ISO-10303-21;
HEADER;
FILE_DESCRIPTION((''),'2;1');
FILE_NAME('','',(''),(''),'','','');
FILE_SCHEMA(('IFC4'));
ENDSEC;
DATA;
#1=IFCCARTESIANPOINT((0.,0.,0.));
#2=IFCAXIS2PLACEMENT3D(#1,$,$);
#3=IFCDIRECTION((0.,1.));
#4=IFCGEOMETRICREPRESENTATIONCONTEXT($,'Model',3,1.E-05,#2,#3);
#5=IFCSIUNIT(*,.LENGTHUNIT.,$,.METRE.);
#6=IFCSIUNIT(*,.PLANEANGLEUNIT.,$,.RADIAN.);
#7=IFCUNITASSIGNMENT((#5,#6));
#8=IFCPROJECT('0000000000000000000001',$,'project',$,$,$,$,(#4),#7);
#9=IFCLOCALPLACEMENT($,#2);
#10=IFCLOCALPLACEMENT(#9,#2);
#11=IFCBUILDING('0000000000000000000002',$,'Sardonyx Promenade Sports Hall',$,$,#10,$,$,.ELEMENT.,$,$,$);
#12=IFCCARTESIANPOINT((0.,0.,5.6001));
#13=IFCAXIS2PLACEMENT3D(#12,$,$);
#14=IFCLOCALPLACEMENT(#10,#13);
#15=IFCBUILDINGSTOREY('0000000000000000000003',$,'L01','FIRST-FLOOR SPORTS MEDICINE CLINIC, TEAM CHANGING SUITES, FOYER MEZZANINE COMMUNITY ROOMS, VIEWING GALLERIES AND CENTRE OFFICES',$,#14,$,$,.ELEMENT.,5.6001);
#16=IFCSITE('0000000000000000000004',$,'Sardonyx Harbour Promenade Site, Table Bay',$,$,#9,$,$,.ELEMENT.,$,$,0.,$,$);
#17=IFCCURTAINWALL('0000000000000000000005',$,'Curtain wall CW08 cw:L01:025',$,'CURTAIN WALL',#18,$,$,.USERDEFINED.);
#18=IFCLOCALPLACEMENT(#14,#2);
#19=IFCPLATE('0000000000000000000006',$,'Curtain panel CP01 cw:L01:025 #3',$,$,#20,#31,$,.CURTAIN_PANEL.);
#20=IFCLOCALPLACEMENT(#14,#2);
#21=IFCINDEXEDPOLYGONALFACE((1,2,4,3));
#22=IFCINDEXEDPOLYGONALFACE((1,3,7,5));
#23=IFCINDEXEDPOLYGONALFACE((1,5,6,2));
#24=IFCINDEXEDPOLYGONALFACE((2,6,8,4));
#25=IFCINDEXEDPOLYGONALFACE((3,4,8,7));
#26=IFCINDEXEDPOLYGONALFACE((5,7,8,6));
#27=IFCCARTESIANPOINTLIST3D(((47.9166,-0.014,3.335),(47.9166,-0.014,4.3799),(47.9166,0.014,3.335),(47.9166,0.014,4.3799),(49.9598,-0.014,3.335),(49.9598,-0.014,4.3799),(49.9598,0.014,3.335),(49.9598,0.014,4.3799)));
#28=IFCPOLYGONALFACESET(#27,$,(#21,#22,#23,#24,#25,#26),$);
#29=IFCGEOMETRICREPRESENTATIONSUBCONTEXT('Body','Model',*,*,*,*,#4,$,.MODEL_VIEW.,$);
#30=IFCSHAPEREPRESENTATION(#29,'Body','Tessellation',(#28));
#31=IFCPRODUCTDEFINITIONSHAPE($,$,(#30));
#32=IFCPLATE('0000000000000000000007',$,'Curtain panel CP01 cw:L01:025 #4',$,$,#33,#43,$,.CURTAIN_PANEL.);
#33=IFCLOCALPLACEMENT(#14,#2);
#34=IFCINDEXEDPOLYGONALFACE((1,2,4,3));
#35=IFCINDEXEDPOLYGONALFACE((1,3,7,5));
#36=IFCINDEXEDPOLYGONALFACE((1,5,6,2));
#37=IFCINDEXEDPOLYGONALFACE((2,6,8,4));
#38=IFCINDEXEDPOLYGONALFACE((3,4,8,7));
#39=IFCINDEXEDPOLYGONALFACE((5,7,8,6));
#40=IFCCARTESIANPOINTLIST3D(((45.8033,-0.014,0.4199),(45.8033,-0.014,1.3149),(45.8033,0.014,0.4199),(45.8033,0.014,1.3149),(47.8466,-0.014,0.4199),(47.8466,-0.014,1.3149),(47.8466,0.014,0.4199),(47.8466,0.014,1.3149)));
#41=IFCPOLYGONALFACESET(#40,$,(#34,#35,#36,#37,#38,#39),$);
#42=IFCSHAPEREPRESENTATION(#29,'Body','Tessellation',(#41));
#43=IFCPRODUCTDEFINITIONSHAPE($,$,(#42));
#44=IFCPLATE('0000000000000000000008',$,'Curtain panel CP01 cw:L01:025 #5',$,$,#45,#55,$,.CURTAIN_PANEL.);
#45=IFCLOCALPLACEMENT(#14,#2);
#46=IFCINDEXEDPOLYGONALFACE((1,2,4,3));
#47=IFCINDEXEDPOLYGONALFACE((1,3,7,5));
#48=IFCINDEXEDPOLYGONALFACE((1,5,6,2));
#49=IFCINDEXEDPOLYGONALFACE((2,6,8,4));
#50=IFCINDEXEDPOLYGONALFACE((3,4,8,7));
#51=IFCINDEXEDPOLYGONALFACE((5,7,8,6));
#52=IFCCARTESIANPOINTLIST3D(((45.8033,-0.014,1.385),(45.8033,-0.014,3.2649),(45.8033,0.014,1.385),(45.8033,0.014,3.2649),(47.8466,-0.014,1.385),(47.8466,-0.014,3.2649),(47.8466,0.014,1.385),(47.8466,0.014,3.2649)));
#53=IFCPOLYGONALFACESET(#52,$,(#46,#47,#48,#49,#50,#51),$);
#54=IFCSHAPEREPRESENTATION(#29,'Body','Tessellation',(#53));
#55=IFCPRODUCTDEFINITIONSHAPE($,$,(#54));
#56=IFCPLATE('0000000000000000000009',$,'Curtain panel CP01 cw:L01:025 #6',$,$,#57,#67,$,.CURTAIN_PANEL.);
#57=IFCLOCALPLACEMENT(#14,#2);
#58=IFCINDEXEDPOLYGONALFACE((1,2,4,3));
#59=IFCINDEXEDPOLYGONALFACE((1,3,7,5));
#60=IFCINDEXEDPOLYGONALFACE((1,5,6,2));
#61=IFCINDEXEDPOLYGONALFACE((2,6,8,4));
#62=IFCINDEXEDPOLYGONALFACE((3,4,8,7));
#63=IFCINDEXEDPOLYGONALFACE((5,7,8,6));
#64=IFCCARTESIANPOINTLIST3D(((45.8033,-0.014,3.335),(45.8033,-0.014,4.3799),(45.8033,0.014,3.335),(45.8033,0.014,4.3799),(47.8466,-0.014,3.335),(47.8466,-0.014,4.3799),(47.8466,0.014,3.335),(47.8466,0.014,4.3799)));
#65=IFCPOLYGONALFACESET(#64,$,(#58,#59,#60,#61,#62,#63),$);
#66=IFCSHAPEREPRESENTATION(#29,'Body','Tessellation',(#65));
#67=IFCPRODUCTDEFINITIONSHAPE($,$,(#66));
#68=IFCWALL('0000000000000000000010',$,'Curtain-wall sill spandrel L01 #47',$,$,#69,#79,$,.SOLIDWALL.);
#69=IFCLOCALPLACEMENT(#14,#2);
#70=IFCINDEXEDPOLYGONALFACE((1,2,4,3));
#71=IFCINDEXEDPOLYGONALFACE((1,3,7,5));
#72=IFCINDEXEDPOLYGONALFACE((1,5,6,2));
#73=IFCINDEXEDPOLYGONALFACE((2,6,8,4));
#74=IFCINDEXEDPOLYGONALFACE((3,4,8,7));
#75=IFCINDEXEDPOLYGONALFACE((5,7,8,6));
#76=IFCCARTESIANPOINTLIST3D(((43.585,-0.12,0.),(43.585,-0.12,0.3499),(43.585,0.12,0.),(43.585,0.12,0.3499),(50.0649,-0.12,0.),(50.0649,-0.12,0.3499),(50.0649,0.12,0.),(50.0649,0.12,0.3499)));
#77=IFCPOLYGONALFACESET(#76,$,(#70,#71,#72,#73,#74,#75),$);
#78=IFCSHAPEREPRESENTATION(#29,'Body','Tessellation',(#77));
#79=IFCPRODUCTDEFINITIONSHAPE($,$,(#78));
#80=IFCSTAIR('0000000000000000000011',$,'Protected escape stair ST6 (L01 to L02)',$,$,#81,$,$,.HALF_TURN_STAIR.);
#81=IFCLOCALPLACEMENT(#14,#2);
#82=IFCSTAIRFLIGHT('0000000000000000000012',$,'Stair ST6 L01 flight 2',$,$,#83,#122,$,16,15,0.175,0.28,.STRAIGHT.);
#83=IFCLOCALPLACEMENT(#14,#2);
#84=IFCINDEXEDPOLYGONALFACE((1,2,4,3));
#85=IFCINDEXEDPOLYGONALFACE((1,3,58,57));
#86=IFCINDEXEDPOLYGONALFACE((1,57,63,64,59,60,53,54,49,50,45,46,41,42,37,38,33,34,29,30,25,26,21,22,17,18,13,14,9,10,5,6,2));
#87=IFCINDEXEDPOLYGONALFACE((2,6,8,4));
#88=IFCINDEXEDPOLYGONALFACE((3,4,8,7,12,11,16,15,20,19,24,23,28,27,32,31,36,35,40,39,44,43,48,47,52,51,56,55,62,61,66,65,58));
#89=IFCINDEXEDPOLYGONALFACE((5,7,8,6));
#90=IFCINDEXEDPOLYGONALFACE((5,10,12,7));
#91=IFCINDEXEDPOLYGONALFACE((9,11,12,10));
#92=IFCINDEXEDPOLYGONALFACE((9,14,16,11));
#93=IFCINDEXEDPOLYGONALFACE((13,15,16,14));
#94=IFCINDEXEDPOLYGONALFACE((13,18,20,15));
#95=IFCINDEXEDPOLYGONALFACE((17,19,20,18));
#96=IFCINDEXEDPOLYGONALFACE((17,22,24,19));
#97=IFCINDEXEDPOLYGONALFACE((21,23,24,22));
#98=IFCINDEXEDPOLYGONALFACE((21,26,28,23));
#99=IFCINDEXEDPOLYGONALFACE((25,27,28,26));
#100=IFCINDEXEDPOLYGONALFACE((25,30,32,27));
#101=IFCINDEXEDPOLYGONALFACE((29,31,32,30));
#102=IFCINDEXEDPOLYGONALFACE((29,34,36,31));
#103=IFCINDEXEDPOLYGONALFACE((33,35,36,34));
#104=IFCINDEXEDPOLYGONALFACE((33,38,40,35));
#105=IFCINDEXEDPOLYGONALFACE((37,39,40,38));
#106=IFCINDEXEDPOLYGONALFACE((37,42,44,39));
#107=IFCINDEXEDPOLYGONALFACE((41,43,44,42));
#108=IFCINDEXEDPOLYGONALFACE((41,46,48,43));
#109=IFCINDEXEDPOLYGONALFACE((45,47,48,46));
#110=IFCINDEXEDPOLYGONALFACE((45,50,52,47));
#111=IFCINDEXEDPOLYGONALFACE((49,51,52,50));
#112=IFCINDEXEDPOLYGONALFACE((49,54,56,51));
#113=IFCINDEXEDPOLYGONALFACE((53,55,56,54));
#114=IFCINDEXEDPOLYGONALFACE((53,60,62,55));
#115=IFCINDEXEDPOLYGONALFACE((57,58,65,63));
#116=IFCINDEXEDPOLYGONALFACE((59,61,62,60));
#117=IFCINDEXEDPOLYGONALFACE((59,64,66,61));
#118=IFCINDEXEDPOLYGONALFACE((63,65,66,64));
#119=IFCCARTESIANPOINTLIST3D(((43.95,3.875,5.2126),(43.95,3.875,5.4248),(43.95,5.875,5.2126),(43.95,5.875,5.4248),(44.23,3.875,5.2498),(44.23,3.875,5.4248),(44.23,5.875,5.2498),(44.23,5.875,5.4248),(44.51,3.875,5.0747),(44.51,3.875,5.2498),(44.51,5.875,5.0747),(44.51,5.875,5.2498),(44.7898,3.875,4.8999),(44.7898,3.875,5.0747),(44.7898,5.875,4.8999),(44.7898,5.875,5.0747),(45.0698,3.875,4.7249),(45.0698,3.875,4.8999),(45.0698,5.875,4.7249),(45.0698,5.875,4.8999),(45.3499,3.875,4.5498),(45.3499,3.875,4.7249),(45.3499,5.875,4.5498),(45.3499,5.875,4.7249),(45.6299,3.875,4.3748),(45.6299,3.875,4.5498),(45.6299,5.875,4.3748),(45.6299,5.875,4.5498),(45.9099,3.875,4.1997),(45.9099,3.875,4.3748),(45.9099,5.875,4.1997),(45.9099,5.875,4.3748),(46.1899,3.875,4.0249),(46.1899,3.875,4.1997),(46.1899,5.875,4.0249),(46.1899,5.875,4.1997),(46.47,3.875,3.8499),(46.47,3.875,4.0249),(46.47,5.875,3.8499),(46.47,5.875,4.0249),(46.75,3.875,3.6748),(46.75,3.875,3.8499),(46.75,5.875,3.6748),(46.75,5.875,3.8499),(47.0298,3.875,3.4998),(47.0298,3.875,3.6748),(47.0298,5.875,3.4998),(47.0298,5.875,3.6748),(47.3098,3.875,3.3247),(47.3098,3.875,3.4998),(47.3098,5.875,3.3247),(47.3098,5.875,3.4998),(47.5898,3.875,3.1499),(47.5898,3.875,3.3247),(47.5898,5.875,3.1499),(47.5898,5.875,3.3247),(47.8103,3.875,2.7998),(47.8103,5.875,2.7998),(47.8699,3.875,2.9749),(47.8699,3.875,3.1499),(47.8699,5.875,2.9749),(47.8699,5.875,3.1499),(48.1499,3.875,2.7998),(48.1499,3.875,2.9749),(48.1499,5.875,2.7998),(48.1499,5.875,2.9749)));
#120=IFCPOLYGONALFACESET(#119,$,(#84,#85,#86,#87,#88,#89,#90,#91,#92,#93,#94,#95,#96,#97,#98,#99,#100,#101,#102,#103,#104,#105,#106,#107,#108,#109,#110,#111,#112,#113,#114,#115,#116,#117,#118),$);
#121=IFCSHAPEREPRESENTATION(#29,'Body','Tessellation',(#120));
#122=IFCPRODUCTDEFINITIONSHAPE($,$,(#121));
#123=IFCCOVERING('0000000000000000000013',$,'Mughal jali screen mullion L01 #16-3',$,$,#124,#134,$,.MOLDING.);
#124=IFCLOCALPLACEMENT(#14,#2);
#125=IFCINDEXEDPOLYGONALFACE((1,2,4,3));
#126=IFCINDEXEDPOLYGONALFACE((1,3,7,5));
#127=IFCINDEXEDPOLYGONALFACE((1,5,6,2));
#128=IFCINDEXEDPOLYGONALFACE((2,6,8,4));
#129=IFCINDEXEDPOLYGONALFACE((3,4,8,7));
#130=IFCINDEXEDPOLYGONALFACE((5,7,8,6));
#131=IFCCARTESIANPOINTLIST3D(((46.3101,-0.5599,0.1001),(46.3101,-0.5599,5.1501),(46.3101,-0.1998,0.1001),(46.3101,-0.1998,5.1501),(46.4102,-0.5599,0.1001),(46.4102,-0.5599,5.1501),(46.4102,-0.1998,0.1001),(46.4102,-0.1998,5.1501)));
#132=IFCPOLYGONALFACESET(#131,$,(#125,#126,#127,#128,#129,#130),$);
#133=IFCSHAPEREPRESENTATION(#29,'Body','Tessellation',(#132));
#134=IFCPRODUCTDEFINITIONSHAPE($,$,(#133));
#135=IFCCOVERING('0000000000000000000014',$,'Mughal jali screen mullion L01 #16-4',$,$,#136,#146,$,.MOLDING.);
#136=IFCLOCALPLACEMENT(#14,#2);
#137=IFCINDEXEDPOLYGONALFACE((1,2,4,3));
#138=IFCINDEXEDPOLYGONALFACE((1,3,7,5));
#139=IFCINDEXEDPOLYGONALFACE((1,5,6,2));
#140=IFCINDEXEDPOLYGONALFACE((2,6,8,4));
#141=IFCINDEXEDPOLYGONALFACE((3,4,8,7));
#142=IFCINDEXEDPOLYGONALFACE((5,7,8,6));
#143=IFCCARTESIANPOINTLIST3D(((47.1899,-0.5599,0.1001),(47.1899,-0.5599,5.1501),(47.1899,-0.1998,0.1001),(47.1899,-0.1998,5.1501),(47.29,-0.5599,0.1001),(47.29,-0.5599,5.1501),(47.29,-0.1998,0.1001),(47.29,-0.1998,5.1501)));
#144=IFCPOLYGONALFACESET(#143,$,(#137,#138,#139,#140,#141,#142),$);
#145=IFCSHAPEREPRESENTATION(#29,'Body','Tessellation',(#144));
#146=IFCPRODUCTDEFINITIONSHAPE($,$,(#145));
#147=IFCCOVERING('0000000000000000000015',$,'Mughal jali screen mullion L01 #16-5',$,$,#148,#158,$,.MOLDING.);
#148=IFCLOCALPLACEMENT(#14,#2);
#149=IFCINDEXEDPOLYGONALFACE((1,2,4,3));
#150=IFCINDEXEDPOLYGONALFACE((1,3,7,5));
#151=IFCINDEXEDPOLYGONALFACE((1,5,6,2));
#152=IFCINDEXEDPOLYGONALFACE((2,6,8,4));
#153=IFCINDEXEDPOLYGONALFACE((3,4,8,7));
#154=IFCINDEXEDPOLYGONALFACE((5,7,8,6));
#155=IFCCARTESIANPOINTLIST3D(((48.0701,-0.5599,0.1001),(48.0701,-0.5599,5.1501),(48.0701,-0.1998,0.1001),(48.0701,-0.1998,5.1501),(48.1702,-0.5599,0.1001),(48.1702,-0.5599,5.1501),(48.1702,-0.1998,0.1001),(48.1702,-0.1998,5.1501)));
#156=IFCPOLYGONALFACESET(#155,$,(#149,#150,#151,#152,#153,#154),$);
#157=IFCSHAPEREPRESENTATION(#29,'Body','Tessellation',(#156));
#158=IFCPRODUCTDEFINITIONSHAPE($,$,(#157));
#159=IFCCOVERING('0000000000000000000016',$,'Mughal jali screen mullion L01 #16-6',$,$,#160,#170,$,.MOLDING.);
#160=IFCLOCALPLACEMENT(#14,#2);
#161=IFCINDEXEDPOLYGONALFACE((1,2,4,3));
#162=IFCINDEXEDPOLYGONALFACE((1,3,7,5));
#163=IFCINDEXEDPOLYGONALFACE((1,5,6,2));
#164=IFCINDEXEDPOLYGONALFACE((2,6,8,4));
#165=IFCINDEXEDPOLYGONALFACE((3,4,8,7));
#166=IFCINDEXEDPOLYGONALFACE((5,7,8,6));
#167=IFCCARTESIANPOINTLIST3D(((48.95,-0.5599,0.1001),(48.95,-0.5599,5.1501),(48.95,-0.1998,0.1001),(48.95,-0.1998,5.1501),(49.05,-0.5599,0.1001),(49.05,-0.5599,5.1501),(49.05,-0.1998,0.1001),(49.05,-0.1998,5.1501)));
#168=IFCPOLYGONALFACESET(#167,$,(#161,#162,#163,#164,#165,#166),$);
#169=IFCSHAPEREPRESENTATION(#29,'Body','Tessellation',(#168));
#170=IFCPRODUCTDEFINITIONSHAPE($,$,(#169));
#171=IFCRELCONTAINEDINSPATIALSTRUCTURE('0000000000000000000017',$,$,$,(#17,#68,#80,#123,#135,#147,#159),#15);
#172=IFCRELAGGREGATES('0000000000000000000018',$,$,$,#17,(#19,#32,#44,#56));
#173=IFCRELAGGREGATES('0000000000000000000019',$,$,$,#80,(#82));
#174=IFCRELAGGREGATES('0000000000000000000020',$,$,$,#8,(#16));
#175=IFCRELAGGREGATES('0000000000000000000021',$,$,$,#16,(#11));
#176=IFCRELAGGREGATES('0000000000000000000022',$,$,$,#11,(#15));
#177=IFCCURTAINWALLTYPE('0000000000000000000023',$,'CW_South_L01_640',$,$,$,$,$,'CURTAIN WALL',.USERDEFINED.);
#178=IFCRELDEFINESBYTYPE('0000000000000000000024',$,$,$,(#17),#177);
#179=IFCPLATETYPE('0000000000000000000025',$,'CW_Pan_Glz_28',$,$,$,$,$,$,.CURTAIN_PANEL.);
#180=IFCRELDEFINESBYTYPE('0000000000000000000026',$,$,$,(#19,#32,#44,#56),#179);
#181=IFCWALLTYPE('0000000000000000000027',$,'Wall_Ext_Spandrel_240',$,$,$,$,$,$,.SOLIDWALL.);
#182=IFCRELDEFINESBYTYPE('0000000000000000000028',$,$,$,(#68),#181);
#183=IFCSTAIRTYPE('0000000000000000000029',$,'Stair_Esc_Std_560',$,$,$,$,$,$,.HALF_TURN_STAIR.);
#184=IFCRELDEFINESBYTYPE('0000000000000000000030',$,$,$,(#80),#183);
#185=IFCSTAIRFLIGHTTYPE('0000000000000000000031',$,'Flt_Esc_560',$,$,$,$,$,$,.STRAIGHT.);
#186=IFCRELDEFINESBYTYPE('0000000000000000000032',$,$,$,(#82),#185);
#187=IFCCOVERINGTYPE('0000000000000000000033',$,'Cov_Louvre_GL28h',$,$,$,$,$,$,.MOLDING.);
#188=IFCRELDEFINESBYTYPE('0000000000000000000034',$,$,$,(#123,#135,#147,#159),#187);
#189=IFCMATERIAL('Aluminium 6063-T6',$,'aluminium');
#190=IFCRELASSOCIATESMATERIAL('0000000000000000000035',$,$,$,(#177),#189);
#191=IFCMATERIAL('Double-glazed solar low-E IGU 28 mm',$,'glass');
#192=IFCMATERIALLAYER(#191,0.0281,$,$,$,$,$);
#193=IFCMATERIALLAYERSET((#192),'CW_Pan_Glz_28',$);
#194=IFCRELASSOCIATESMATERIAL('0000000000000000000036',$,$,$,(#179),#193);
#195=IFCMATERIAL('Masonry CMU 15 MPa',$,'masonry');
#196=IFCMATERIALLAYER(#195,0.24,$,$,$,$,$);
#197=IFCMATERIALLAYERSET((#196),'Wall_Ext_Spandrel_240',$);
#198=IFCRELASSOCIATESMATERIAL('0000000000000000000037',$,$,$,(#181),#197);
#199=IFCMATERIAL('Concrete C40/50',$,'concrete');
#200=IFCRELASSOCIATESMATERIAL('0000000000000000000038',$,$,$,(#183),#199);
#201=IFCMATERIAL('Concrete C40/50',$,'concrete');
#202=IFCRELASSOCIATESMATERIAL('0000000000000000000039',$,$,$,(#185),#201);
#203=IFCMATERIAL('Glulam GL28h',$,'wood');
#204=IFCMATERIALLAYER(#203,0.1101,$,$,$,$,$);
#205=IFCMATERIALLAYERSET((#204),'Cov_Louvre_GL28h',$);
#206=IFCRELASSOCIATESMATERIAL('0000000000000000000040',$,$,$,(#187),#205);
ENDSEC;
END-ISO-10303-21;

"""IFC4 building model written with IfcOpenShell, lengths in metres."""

from ifc_helpers import new_model, si_unit, direction, frame, frame_2d, origin, origin_2d, place, context, subcontext, project, spatial, polyline, rectangle, outline, extrude, material, layer, layer_set, type_object, element, aggregate, save


model = new_model("IFC4")

# Units and contexts
model_context = context("Model", 3, precision=1e-05, world=origin(), true_north=direction((0.0, 1.0)))
body_context = subcontext(model_context, "Body", "Model", "MODEL_VIEW")
ifc_project = project(units=[si_unit("LENGTHUNIT", "METRE"), si_unit("PLANEANGLEUNIT", "RADIAN")], contexts=[model_context])

# Site, building, storey
site_placement = place(None, origin())
site = spatial("IfcSite", under=ifc_project, at=site_placement, Name="Sardonyx Harbour Promenade Site, Table Bay", CompositionType="ELEMENT", RefElevation=0.0)
building_placement = place(site_placement, origin())
building = spatial("IfcBuilding", under=site, at=building_placement, Name="Sardonyx Promenade Sports Hall", CompositionType="ELEMENT")
storey_placement = place(building_placement, frame((0.0, 0.0, 5.6001)))
storey = spatial("IfcBuildingStorey", under=building, at=storey_placement, Name="L01", Description="FIRST-FLOOR SPORTS MEDICINE CLINIC, TEAM CHANGING SUITES, FOYER MEZZANINE COMMUNITY ROOMS, VIEWING GALLERIES AND CENTRE OFFICES", CompositionType="ELEMENT", Elevation=5.6001)

# Curtain wall, plates
ifc_material_1 = material(Name="Aluminium 6063-T6", Category="aluminium")
curtain_wall_type = type_object("IfcCurtainWallType", Name="CW_South_L01_640", ElementType="CURTAIN WALL", PredefinedType="USERDEFINED", material=ifc_material_1)
curtain_wall_placement = place(storey_placement, origin())
curtain_wall = element("IfcCurtainWall", 1, at=curtain_wall_placement, inside=storey, type_object=curtain_wall_type, Name="Curtain wall CW08 cw:L01:025", ObjectType="CURTAIN WALL", PredefinedType="USERDEFINED")
ifc_material_2 = material(Name="Double-glazed solar low-E IGU 28 mm", Category="glass")
ifc_layer_1 = layer(ifc_material_2, 0.0281)
ifc_layer_set_1 = layer_set([ifc_layer_1], Name="CW_Pan_Glz_28")
plate_type = type_object("IfcPlateType", Name="CW_Pan_Glz_28", PredefinedType="CURTAIN_PANEL", material=ifc_layer_set_1)
plate_1_placement = place(storey_placement, frame((48.9382, 0.0, 3.335), z_axis=(0.0, 0.0, 1.0), x_axis=(-1.0, 0.0, 0.0)))
plate_1 = element("IfcPlate", 2, at=plate_1_placement, type_object=plate_type, Name="Curtain panel CP01 cw:L01:025 #3", PredefinedType="CURTAIN_PANEL", context=body_context, shape_type="SweptSolid", body=[
    extrude(rectangle(XDim=2.0432, YDim=0.0281, at=origin_2d()), origin(), (0.0, 0.0, 1.0), 1.0449),
])
plate_2_placement = place(storey_placement, frame((46.825, 0.0, 0.4199), z_axis=(0.0, 0.0, 1.0), x_axis=(-1.0, 0.0, 0.0)))
plate_2 = element("IfcPlate", 3, at=plate_2_placement, type_object=plate_type, Name="Curtain panel CP01 cw:L01:025 #4", PredefinedType="CURTAIN_PANEL", context=body_context, shape_type="SweptSolid", body=[
    extrude(rectangle(XDim=2.0432, YDim=0.0281, at=origin_2d()), origin(), (0.0, 0.0, 1.0), 0.895),
])
plate_3_placement = place(storey_placement, frame((46.825, 0.0, 1.385), z_axis=(0.0, 0.0, 1.0), x_axis=(-1.0, 0.0, 0.0)))
plate_3 = element("IfcPlate", 4, at=plate_3_placement, type_object=plate_type, Name="Curtain panel CP01 cw:L01:025 #5", PredefinedType="CURTAIN_PANEL", context=body_context, shape_type="SweptSolid", body=[
    extrude(rectangle(XDim=2.0432, YDim=0.0281, at=origin_2d()), origin(), (0.0, 0.0, 1.0), 1.8799),
])
plate_4_placement = place(storey_placement, frame((46.825, 0.0, 3.335), z_axis=(0.0, 0.0, 1.0), x_axis=(-1.0, 0.0, 0.0)))
plate_4 = element("IfcPlate", 5, at=plate_4_placement, type_object=plate_type, Name="Curtain panel CP01 cw:L01:025 #6", PredefinedType="CURTAIN_PANEL", context=body_context, shape_type="SweptSolid", body=[
    extrude(rectangle(XDim=2.0432, YDim=0.0281, at=origin_2d()), origin(), (0.0, 0.0, 1.0), 1.0449),
])
aggregate(curtain_wall, [plate_1, plate_2, plate_3, plate_4])

# Wall
ifc_material_3 = material(Name="Masonry CMU 15 MPa", Category="masonry")
ifc_layer_2 = layer(ifc_material_3, 0.24)
ifc_layer_set_2 = layer_set([ifc_layer_2], Name="Wall_Ext_Spandrel_240")
wall_type = type_object("IfcWallType", Name="Wall_Ext_Spandrel_240", PredefinedType="SOLIDWALL", material=ifc_layer_set_2)
wall_placement = place(storey_placement, frame((50.0649, 0.0, 0.0), z_axis=(0.0, 0.0, 1.0), x_axis=(-1.0, 0.0, 0.0)))
element("IfcWall", 6, at=wall_placement, inside=storey, type_object=wall_type, Name="Curtain-wall sill spandrel L01 #47", PredefinedType="SOLIDWALL", context=body_context, shape_type="SweptSolid", body=[
    extrude(rectangle(XDim=6.48, YDim=0.24, at=frame_2d((3.24, 0.0))), origin(), (0.0, 0.0, 1.0), 0.3499),
])

# Stair, stair flight
ifc_material_4 = material(Name="Concrete C40/50", Category="concrete")
stair_type = type_object("IfcStairType", Name="Stair_Esc_Std_560", PredefinedType="HALF_TURN_STAIR", material=ifc_material_4)
stair_placement = place(storey_placement, origin())
stair = element("IfcStair", 7, at=stair_placement, inside=storey, type_object=stair_type, Name="Protected escape stair ST6 (L01 to L02)", PredefinedType="HALF_TURN_STAIR")
ifc_material_5 = material(Name="Concrete C40/50", Category="concrete")
stair_flight_type = type_object("IfcStairFlightType", Name="Flt_Esc_560", PredefinedType="STRAIGHT", material=ifc_material_5)
stair_flight_placement = place(storey_placement, frame((48.1499, 4.875, 2.7998), z_axis=(0.0, 0.0, 1.0), x_axis=(-1.0, 0.0, 0.0)))
stair_flight = element("IfcStairFlight", 8, at=stair_flight_placement, type_object=stair_flight_type, Name="Stair ST6 L01 flight 2", NumberOfRisers=16, NumberOfTreads=15, PredefinedType="STRAIGHT", RiserHeight=0.175, TreadLength=0.28, context=body_context, shape_type="SweptSolid", body=[
    extrude(outline(polyline([(0.0, 0.0), (0.0, 0.175), (0.28, 0.175), (0.28, 0.3501), (0.5601, 0.3501), (0.5601, 0.5249), (0.8401, 0.5249), (0.8401, 0.7), (1.1201, 0.7), (1.1201, 0.875), (1.3999, 0.875), (1.3999, 1.05), (1.6799, 1.05), (1.6799, 1.2251), (1.96, 1.2251), (1.96, 1.3999), (2.24, 1.3999), (2.24, 1.575), (2.52, 1.575), (2.52, 1.75), (2.8, 1.75), (2.8, 1.925), (3.0801, 1.925), (3.0801, 2.1001), (3.3601, 2.1001), (3.3601, 2.2749), (3.6399, 2.2749), (3.6399, 2.45), (3.9199, 2.45), (3.9199, 2.625), (4.2, 2.625), (4.2, 2.8), (4.2, 2.4128), (0.3396, 0.0), (0.0, 0.0)])), frame((0.0, 1.0, 0.0), z_axis=(0.0, -1.0, 0.0), x_axis=(1.0, 0.0, 0.0)), (0.0, 0.0, 1.0), 2.0),
])
aggregate(stair, [stair_flight])

# Coverings
ifc_material_6 = material(Name="Glulam GL28h", Category="wood")
ifc_layer_3 = layer(ifc_material_6, 0.1101)
ifc_layer_set_3 = layer_set([ifc_layer_3], Name="Cov_Louvre_GL28h")
covering_type = type_object("IfcCoveringType", Name="Cov_Louvre_GL28h", PredefinedType="MOLDING", material=ifc_layer_set_3)
for number, where, z_axis, x_axis, name in (
    (9, (46.3601, -0.3799, 0.1001), (0.0, 0.0, 1.0), (1.0, 0.0, 0.0), "Mughal jali screen mullion L01 #16-3"),
    (10, (47.24, -0.3799, 0.1001), (0.0, 0.0, 1.0), (1.0, 0.0, 0.0), "Mughal jali screen mullion L01 #16-4"),
    (11, (48.1201, -0.3799, 0.1001), (0.0, 0.0, 1.0), (1.0, 0.0, 0.0), "Mughal jali screen mullion L01 #16-5"),
    (12, (49.0, -0.3799, 0.1001), (0.0, 0.0, 1.0), (1.0, 0.0, 0.0), "Mughal jali screen mullion L01 #16-6"),
):
    element("IfcCovering", number, at=place(storey_placement, frame(where, z_axis=z_axis, x_axis=x_axis)), inside=storey, type_object=covering_type, Name=name, PredefinedType="MOLDING", context=body_context, shape_type="SweptSolid", body=[
        extrude(rectangle(XDim=0.1001, YDim=0.3601, at=origin_2d()), origin(), (0.0, 0.0, 1.0), 5.05),
    ])

save(model, "model.ifc")
